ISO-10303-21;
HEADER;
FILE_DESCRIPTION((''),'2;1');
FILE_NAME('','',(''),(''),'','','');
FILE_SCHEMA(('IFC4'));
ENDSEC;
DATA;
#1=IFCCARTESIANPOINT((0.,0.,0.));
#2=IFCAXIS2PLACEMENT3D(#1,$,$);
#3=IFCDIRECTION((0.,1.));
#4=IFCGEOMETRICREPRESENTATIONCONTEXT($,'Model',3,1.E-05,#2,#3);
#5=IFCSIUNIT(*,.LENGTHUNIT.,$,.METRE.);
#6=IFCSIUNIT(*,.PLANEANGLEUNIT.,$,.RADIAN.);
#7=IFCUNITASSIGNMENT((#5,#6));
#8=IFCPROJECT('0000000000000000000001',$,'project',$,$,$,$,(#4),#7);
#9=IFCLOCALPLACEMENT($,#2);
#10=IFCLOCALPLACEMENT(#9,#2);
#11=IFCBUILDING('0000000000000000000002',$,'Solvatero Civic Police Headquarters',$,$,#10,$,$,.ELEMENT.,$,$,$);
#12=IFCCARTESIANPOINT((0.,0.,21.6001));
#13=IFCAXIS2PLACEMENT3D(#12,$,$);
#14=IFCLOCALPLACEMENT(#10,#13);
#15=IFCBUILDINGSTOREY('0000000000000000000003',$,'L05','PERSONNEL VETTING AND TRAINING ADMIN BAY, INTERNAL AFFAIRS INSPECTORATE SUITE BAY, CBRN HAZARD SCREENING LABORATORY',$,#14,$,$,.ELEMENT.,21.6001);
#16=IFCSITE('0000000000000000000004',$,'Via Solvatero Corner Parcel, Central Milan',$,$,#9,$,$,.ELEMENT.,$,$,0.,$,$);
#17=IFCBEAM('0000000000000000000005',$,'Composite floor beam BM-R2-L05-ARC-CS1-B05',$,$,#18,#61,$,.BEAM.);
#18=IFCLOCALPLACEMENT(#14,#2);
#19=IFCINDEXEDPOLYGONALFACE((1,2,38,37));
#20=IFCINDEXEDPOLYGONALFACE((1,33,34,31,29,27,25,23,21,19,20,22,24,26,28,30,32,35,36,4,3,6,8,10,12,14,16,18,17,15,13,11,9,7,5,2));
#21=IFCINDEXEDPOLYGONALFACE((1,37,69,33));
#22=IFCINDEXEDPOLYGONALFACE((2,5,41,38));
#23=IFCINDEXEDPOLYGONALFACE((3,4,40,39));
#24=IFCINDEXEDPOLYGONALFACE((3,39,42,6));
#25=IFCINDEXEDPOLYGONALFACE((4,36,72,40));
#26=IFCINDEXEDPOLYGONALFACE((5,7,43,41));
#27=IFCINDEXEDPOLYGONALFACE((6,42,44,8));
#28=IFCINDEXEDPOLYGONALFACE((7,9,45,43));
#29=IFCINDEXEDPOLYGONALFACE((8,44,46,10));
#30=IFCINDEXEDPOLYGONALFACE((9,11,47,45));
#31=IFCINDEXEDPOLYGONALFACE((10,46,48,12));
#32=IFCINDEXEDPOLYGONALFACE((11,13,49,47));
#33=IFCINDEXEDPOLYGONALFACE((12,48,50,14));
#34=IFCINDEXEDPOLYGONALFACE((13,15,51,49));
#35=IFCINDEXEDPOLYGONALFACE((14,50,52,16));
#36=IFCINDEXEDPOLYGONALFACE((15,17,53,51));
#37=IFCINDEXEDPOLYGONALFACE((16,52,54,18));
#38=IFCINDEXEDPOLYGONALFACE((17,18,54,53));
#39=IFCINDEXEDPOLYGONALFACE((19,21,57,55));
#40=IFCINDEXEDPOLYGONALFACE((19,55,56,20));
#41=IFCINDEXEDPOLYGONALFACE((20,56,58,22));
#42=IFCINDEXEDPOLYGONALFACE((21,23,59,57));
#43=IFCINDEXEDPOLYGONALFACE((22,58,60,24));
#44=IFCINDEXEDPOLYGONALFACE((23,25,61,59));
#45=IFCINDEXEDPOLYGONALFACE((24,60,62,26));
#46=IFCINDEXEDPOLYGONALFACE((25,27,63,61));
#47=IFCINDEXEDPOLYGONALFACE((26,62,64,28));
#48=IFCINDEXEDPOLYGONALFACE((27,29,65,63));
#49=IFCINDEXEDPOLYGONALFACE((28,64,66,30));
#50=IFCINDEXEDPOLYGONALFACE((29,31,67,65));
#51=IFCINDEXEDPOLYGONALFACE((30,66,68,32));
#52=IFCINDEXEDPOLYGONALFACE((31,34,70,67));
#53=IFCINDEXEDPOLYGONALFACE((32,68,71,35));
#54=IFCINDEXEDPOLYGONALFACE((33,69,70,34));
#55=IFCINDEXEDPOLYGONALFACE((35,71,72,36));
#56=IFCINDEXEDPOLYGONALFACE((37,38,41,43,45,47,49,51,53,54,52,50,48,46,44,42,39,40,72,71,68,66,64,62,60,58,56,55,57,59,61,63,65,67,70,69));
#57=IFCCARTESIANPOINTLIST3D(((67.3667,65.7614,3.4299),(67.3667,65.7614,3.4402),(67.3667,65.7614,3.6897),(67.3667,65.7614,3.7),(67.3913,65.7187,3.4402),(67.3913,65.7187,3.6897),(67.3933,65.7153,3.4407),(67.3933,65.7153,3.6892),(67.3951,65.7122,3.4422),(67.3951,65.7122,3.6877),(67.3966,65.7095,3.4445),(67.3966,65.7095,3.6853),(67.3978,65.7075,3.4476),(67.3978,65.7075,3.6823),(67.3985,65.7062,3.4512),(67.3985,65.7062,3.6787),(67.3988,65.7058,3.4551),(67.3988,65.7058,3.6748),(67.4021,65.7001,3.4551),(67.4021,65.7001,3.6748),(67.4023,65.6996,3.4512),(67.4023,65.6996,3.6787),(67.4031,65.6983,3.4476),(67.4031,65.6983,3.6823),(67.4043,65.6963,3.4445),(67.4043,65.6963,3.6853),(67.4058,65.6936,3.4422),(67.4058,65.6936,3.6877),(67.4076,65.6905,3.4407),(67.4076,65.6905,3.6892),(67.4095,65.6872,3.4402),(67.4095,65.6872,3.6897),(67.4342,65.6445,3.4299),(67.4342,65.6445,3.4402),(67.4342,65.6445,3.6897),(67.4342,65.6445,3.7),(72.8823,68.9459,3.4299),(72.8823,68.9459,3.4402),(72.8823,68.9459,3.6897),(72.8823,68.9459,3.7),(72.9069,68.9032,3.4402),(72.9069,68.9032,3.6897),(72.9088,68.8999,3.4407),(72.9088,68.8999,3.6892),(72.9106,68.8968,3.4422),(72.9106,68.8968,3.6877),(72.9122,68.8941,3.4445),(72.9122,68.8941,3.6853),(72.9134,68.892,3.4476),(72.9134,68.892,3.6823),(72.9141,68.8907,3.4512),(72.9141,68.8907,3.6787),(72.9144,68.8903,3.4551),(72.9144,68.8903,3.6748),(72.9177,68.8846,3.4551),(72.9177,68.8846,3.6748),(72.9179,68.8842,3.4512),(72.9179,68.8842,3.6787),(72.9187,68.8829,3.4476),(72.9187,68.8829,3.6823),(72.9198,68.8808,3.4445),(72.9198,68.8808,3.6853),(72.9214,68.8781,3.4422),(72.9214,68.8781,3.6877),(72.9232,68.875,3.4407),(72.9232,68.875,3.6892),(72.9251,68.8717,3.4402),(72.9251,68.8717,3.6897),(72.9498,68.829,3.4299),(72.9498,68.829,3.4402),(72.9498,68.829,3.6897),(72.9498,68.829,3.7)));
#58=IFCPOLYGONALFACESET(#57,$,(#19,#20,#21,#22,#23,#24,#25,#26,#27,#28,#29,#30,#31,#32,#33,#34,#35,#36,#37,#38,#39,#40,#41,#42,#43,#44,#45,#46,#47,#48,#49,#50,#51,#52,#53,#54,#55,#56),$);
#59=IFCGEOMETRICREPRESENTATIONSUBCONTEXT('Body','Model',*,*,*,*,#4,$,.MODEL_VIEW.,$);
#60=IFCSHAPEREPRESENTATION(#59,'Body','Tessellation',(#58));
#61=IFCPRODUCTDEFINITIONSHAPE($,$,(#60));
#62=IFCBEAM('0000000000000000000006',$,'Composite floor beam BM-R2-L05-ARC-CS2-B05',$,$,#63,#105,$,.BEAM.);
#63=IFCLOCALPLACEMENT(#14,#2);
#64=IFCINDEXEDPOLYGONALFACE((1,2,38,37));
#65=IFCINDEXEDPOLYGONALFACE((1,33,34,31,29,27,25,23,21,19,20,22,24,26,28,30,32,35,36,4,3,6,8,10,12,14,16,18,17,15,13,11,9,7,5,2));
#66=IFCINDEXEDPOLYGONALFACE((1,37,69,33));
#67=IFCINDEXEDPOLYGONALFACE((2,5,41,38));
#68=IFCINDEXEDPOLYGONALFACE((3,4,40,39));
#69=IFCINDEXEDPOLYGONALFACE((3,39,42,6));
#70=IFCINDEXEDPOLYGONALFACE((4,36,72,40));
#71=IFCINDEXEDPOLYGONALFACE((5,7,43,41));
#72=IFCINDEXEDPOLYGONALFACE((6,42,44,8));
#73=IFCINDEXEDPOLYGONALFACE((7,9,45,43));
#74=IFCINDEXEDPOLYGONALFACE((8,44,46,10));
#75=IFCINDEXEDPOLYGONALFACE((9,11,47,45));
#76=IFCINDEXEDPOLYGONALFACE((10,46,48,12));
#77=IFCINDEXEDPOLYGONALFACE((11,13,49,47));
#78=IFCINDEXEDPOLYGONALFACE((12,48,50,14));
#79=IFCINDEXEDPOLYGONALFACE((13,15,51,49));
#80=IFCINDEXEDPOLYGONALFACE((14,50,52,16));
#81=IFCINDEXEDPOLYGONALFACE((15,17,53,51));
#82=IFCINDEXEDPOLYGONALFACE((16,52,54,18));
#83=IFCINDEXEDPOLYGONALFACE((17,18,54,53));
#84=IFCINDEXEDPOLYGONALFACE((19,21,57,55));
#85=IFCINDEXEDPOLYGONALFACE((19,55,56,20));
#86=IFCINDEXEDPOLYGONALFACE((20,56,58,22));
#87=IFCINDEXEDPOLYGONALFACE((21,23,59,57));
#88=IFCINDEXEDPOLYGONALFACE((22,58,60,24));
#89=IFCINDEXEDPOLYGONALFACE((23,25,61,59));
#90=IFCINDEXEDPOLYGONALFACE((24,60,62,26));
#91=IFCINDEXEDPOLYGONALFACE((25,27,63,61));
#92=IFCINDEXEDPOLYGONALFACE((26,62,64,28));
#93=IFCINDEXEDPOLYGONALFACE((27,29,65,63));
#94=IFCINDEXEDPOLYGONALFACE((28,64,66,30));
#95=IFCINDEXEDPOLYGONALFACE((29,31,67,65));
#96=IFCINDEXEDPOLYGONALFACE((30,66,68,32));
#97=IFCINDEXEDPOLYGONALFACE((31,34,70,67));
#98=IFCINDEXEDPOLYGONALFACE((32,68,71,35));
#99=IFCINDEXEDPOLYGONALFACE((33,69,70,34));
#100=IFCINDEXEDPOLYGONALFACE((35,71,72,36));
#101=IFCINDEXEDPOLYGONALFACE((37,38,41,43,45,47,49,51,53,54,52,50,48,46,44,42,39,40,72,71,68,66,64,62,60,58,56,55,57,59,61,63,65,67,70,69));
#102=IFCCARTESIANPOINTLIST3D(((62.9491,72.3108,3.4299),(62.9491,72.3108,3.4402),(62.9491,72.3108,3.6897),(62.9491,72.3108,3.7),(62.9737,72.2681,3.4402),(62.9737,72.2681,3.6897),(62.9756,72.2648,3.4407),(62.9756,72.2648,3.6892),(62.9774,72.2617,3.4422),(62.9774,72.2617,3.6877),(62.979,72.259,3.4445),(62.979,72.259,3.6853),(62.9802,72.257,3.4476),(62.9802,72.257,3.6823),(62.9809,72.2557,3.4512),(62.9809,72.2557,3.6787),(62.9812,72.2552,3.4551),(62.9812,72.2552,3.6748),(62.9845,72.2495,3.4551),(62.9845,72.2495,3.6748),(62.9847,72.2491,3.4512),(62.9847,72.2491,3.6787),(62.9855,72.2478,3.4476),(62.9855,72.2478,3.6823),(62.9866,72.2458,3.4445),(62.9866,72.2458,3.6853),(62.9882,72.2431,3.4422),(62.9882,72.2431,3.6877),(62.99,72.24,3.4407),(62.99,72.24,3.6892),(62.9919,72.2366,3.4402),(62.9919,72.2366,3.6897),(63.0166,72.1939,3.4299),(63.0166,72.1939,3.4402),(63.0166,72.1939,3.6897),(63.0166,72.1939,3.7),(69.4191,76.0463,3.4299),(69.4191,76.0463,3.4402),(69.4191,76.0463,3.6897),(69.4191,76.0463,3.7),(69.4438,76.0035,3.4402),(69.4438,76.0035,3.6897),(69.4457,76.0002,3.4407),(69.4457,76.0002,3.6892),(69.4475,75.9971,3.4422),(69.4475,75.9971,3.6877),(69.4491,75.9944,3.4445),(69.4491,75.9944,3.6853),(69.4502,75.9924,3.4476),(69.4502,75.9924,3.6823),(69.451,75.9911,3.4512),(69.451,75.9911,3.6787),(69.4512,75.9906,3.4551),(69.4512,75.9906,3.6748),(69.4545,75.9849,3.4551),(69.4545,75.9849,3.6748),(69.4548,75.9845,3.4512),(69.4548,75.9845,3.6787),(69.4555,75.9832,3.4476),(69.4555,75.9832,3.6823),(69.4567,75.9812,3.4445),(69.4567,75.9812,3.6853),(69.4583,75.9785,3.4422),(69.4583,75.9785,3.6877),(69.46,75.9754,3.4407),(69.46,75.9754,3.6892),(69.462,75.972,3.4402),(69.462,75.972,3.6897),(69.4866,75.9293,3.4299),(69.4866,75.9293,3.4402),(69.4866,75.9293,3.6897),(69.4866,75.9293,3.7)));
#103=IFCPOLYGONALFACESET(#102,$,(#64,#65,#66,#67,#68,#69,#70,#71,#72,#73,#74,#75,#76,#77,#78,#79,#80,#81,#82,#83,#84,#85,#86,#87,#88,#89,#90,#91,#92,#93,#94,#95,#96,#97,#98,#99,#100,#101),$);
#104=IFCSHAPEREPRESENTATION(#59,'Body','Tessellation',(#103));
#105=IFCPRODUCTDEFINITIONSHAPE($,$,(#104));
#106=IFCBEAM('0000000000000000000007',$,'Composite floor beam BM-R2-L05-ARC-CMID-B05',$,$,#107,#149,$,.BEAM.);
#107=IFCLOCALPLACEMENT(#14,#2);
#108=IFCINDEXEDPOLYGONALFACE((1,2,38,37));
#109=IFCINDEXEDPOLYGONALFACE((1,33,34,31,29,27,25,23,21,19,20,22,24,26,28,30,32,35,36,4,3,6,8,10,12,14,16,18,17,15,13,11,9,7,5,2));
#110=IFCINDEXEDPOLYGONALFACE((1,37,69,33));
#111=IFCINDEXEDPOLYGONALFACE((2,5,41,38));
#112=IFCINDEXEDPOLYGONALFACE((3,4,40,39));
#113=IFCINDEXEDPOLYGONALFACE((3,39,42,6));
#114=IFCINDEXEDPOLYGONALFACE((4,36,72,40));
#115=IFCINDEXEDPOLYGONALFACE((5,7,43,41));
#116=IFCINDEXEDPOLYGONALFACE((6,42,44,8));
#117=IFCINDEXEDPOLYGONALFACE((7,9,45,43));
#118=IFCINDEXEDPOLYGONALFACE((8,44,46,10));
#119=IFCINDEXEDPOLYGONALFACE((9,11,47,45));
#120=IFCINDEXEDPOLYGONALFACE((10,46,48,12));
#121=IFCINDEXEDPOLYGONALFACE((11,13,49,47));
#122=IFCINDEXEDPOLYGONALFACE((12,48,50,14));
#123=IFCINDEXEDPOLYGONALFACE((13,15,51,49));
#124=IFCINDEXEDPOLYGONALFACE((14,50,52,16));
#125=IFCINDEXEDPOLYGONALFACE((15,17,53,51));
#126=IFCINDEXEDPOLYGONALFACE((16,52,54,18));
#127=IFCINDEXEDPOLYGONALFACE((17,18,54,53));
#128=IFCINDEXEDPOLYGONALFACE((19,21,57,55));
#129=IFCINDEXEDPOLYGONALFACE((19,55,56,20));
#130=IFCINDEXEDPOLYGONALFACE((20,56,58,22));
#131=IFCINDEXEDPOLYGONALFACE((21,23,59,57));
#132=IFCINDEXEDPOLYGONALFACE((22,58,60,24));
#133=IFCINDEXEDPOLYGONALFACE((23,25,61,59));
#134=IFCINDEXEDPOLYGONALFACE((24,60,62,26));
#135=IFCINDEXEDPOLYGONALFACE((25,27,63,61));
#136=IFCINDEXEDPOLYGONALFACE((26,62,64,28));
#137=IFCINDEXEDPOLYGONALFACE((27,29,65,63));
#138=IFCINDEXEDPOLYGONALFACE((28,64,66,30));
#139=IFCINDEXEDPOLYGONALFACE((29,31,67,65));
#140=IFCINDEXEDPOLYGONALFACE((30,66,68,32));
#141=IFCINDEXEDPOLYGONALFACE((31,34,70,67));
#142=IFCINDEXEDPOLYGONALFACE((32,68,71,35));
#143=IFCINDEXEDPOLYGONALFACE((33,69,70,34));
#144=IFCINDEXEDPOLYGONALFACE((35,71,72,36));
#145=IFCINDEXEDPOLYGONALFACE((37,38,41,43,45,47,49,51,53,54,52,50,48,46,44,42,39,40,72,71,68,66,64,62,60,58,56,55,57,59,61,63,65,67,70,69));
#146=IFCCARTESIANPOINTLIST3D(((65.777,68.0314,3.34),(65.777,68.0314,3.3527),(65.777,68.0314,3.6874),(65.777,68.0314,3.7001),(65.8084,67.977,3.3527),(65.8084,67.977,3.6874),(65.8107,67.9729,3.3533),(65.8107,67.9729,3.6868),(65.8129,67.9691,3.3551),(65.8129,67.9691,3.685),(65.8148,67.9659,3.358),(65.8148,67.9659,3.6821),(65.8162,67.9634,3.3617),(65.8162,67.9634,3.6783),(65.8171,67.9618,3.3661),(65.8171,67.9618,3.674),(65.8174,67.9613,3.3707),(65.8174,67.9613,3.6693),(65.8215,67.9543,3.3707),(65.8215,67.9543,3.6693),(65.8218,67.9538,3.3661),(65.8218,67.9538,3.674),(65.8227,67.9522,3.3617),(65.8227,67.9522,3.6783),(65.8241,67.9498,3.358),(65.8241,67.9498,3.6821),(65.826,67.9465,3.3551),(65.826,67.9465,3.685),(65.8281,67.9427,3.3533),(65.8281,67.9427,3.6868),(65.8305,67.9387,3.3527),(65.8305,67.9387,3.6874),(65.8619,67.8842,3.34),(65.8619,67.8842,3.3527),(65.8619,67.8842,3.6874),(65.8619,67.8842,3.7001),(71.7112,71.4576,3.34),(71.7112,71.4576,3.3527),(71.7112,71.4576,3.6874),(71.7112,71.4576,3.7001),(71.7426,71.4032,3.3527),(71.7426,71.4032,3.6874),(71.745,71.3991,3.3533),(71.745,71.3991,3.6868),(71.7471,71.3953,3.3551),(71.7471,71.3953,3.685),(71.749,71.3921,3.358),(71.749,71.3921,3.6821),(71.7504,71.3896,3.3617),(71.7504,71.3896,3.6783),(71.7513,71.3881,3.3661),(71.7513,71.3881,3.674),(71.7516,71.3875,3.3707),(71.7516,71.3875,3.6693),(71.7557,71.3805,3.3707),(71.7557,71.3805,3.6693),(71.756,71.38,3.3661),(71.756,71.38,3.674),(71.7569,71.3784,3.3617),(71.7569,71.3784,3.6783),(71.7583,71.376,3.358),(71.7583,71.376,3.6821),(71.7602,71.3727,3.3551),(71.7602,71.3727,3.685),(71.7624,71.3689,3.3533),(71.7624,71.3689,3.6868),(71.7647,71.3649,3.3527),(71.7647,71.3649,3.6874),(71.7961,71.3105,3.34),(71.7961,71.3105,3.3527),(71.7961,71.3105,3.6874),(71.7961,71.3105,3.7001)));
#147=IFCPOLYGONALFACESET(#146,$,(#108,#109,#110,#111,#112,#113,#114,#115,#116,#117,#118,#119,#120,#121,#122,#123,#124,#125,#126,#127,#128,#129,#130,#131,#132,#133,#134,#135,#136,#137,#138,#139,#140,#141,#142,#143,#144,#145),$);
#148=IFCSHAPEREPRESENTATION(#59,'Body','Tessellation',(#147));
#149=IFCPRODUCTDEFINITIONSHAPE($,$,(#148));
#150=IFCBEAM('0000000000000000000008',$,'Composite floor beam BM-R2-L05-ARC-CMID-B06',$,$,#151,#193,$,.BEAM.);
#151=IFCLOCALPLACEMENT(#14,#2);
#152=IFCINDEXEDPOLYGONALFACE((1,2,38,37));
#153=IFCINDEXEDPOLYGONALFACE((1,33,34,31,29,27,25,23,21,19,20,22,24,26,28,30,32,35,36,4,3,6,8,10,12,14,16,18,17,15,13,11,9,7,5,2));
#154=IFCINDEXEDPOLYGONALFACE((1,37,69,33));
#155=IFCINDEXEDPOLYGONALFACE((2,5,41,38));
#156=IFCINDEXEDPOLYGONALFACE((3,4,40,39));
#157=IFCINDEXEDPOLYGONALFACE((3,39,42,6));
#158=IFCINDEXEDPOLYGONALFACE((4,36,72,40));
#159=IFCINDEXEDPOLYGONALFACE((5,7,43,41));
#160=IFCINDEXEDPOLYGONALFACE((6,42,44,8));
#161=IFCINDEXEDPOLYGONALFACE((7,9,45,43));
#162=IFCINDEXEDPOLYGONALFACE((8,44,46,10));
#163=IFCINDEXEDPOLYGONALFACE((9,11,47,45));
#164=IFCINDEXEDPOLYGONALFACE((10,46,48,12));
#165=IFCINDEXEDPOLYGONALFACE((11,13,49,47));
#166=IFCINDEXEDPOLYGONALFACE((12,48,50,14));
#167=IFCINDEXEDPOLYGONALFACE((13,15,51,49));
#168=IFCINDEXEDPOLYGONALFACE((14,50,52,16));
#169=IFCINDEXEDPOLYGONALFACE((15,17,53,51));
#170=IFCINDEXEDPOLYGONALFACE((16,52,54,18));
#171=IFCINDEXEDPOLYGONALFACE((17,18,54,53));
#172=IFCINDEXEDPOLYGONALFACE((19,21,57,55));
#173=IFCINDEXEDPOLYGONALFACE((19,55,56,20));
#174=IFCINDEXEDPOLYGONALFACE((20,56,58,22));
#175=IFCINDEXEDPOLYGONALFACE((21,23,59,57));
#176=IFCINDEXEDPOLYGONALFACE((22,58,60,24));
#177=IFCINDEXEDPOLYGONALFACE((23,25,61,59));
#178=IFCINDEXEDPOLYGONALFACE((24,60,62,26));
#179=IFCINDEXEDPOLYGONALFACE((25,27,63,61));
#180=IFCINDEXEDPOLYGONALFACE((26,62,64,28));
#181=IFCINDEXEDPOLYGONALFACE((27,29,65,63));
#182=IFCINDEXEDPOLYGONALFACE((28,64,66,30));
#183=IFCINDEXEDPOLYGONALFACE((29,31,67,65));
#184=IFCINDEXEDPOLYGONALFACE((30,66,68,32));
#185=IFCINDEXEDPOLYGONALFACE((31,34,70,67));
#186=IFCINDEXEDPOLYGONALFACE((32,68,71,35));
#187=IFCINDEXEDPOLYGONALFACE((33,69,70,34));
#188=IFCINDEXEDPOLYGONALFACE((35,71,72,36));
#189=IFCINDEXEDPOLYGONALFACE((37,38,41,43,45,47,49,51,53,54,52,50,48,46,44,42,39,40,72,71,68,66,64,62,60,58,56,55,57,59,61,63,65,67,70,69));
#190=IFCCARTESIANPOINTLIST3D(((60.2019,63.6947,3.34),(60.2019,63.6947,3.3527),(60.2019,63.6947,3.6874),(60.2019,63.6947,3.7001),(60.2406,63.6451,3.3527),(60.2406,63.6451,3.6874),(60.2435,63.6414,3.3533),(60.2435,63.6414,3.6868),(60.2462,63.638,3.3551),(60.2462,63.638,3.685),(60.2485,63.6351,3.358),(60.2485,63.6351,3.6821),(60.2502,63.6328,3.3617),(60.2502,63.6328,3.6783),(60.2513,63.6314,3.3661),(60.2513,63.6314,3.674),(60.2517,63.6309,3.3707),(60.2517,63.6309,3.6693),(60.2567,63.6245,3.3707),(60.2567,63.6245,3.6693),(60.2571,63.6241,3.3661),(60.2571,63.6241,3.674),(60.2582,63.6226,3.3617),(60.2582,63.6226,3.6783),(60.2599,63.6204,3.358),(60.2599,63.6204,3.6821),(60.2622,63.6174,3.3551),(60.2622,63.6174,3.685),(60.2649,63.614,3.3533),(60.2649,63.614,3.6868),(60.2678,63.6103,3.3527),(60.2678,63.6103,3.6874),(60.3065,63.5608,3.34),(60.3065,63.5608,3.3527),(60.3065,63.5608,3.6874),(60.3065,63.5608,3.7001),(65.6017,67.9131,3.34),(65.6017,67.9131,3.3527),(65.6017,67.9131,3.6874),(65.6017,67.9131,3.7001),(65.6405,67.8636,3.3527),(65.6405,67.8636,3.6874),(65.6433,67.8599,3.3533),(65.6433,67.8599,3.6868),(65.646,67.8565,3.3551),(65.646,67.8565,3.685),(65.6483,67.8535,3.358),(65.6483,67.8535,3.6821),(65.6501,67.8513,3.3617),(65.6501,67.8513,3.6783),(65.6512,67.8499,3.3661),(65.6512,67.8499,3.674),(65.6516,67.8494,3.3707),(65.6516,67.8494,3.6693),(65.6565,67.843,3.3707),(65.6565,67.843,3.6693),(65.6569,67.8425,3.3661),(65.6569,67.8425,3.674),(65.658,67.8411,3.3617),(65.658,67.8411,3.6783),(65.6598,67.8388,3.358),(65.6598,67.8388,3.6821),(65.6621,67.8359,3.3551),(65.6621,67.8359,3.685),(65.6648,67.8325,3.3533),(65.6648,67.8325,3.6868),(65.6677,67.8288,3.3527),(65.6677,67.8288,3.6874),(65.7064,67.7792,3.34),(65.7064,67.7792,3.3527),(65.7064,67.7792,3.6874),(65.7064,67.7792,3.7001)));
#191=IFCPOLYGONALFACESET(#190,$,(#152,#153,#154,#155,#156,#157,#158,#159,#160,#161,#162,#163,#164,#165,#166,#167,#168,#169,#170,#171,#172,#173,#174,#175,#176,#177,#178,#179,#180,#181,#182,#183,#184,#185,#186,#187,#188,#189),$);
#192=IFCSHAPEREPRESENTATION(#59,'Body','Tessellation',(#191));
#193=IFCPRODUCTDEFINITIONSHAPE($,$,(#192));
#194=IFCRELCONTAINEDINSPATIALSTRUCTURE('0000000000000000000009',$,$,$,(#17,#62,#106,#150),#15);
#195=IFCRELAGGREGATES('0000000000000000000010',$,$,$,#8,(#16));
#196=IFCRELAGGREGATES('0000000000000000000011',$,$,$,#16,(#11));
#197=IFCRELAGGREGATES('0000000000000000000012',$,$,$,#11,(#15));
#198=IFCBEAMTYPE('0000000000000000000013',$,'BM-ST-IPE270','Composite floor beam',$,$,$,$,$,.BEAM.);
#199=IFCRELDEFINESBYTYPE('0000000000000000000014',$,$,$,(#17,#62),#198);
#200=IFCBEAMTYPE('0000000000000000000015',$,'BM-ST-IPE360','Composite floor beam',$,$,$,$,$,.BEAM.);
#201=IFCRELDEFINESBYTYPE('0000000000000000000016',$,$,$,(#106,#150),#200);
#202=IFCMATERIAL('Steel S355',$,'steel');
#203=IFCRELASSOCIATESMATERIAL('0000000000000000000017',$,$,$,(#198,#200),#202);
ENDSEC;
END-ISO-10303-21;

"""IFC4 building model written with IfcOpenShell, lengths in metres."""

from ifc_helpers import new_model, si_unit, direction, frame, origin, origin_2d, place, context, subcontext, project, spatial, i_section, extrude, material, material_profile, profile_set, type_object, element, save


model = new_model("IFC4")

# Units and contexts
model_context = context("Model", 3, precision=1e-05, world=origin(), true_north=direction((0.0, 1.0)))
body_context = subcontext(model_context, "Body", "Model", "MODEL_VIEW")
ifc_project = project(units=[si_unit("LENGTHUNIT", "METRE"), si_unit("PLANEANGLEUNIT", "RADIAN")], contexts=[model_context])

# Site, building, storey
site_placement = place(None, origin())
site = spatial("IfcSite", under=ifc_project, at=site_placement, Name="Via Solvatero Corner Parcel, Central Milan", CompositionType="ELEMENT", RefElevation=0.0)
building_placement = place(site_placement, origin())
building = spatial("IfcBuilding", under=site, at=building_placement, Name="Solvatero Civic Police Headquarters", CompositionType="ELEMENT")
storey_placement = place(building_placement, frame((0.0, 0.0, 21.6001)))
storey = spatial("IfcBuildingStorey", under=building, at=storey_placement, Name="L05", Description="PERSONNEL VETTING AND TRAINING ADMIN BAY, INTERNAL AFFAIRS INSPECTORATE SUITE BAY, CBRN HAZARD SCREENING LABORATORY", CompositionType="ELEMENT", Elevation=21.6001)

# Shared definitions
ifc_material_1 = material(Name="Steel S355", Category="steel")

# Beams
ifc_material_profile_1 = material_profile(ifc_material_1, i_section(OverallWidth=0.135, OverallDepth=0.27, WebThickness=0.0066, FlangeThickness=0.0103, FilletRadius=0.0149, at=origin_2d()), Name="IPE 270")
ifc_profile_set_1 = profile_set([ifc_material_profile_1], Name="Steel S355")
beam_type_1 = type_object("IfcBeamType", Name="BM-ST-IPE270", Description="Composite floor beam", PredefinedType="BEAM", material=ifc_profile_set_1)
beam_1_placement = place(storey_placement, frame((72.916, 68.8875, 3.5649), z_axis=(-0.866017, -0.500014, 0.0), x_axis=(0.500014, -0.866017, 0.0)))
element("IfcBeam", 1, at=beam_1_placement, inside=storey, type_object=beam_type_1, Name="Composite floor beam BM-R2-L05-ARC-CS1-B05", PredefinedType="BEAM", context=body_context, shape_type="SweptSolid", body=[
    extrude(i_section(OverallWidth=0.135, OverallDepth=0.27, WebThickness=0.0066, FlangeThickness=0.0103, FilletRadius=0.0149, at=origin_2d()), origin(), (0.0, 0.0, 1.0), 6.3689),
])
beam_2_placement = place(storey_placement, frame((69.4529, 75.9878, 3.5649), z_axis=(-0.86603, -0.499991, 0.0), x_axis=(0.499991, -0.86603, 0.0)))
element("IfcBeam", 2, at=beam_2_placement, inside=storey, type_object=beam_type_1, Name="Composite floor beam BM-R2-L05-ARC-CS2-B05", PredefinedType="BEAM", context=body_context, shape_type="SweptSolid", body=[
    extrude(i_section(OverallWidth=0.135, OverallDepth=0.27, WebThickness=0.0066, FlangeThickness=0.0103, FilletRadius=0.0149, at=origin_2d()), origin(), (0.0, 0.0, 1.0), 7.4709),
])
ifc_material_profile_2 = material_profile(ifc_material_1, i_section(OverallWidth=0.1699, OverallDepth=0.3601, WebThickness=0.0081, FlangeThickness=0.0127, FilletRadius=0.0181, at=origin_2d()), Name="IPE 360")
ifc_profile_set_2 = profile_set([ifc_material_profile_2], Name="Steel S355")
beam_type_2 = type_object("IfcBeamType", Name="BM-ST-IPE360", Description="Composite floor beam", PredefinedType="BEAM", material=ifc_profile_set_2)
for number, where, z_axis, x_axis, name in (
    (3, (71.7537, 71.384, 3.52), (-0.86602, -0.500009, 0.0), (0.500009, -0.86602, 0.0), "Composite floor beam BM-R2-L05-ARC-CMID-B05"),
    (4, (65.6541, 67.8462, 3.52), (-0.788036, -0.615629, 0.0), (0.615629, -0.788036, 0.0), "Composite floor beam BM-R2-L05-ARC-CMID-B06"),
):
    element("IfcBeam", number, at=place(storey_placement, frame(where, z_axis=z_axis, x_axis=x_axis)), inside=storey, type_object=beam_type_2, Name=name, PredefinedType="BEAM", context=body_context, shape_type="SweptSolid", body=[
        extrude(i_section(OverallWidth=0.1699, OverallDepth=0.3601, WebThickness=0.0081, FlangeThickness=0.0127, FilletRadius=0.0181, at=origin_2d()), origin(), (0.0, 0.0, 1.0), 6.8523),
    ])

save(model, "model.ifc")
